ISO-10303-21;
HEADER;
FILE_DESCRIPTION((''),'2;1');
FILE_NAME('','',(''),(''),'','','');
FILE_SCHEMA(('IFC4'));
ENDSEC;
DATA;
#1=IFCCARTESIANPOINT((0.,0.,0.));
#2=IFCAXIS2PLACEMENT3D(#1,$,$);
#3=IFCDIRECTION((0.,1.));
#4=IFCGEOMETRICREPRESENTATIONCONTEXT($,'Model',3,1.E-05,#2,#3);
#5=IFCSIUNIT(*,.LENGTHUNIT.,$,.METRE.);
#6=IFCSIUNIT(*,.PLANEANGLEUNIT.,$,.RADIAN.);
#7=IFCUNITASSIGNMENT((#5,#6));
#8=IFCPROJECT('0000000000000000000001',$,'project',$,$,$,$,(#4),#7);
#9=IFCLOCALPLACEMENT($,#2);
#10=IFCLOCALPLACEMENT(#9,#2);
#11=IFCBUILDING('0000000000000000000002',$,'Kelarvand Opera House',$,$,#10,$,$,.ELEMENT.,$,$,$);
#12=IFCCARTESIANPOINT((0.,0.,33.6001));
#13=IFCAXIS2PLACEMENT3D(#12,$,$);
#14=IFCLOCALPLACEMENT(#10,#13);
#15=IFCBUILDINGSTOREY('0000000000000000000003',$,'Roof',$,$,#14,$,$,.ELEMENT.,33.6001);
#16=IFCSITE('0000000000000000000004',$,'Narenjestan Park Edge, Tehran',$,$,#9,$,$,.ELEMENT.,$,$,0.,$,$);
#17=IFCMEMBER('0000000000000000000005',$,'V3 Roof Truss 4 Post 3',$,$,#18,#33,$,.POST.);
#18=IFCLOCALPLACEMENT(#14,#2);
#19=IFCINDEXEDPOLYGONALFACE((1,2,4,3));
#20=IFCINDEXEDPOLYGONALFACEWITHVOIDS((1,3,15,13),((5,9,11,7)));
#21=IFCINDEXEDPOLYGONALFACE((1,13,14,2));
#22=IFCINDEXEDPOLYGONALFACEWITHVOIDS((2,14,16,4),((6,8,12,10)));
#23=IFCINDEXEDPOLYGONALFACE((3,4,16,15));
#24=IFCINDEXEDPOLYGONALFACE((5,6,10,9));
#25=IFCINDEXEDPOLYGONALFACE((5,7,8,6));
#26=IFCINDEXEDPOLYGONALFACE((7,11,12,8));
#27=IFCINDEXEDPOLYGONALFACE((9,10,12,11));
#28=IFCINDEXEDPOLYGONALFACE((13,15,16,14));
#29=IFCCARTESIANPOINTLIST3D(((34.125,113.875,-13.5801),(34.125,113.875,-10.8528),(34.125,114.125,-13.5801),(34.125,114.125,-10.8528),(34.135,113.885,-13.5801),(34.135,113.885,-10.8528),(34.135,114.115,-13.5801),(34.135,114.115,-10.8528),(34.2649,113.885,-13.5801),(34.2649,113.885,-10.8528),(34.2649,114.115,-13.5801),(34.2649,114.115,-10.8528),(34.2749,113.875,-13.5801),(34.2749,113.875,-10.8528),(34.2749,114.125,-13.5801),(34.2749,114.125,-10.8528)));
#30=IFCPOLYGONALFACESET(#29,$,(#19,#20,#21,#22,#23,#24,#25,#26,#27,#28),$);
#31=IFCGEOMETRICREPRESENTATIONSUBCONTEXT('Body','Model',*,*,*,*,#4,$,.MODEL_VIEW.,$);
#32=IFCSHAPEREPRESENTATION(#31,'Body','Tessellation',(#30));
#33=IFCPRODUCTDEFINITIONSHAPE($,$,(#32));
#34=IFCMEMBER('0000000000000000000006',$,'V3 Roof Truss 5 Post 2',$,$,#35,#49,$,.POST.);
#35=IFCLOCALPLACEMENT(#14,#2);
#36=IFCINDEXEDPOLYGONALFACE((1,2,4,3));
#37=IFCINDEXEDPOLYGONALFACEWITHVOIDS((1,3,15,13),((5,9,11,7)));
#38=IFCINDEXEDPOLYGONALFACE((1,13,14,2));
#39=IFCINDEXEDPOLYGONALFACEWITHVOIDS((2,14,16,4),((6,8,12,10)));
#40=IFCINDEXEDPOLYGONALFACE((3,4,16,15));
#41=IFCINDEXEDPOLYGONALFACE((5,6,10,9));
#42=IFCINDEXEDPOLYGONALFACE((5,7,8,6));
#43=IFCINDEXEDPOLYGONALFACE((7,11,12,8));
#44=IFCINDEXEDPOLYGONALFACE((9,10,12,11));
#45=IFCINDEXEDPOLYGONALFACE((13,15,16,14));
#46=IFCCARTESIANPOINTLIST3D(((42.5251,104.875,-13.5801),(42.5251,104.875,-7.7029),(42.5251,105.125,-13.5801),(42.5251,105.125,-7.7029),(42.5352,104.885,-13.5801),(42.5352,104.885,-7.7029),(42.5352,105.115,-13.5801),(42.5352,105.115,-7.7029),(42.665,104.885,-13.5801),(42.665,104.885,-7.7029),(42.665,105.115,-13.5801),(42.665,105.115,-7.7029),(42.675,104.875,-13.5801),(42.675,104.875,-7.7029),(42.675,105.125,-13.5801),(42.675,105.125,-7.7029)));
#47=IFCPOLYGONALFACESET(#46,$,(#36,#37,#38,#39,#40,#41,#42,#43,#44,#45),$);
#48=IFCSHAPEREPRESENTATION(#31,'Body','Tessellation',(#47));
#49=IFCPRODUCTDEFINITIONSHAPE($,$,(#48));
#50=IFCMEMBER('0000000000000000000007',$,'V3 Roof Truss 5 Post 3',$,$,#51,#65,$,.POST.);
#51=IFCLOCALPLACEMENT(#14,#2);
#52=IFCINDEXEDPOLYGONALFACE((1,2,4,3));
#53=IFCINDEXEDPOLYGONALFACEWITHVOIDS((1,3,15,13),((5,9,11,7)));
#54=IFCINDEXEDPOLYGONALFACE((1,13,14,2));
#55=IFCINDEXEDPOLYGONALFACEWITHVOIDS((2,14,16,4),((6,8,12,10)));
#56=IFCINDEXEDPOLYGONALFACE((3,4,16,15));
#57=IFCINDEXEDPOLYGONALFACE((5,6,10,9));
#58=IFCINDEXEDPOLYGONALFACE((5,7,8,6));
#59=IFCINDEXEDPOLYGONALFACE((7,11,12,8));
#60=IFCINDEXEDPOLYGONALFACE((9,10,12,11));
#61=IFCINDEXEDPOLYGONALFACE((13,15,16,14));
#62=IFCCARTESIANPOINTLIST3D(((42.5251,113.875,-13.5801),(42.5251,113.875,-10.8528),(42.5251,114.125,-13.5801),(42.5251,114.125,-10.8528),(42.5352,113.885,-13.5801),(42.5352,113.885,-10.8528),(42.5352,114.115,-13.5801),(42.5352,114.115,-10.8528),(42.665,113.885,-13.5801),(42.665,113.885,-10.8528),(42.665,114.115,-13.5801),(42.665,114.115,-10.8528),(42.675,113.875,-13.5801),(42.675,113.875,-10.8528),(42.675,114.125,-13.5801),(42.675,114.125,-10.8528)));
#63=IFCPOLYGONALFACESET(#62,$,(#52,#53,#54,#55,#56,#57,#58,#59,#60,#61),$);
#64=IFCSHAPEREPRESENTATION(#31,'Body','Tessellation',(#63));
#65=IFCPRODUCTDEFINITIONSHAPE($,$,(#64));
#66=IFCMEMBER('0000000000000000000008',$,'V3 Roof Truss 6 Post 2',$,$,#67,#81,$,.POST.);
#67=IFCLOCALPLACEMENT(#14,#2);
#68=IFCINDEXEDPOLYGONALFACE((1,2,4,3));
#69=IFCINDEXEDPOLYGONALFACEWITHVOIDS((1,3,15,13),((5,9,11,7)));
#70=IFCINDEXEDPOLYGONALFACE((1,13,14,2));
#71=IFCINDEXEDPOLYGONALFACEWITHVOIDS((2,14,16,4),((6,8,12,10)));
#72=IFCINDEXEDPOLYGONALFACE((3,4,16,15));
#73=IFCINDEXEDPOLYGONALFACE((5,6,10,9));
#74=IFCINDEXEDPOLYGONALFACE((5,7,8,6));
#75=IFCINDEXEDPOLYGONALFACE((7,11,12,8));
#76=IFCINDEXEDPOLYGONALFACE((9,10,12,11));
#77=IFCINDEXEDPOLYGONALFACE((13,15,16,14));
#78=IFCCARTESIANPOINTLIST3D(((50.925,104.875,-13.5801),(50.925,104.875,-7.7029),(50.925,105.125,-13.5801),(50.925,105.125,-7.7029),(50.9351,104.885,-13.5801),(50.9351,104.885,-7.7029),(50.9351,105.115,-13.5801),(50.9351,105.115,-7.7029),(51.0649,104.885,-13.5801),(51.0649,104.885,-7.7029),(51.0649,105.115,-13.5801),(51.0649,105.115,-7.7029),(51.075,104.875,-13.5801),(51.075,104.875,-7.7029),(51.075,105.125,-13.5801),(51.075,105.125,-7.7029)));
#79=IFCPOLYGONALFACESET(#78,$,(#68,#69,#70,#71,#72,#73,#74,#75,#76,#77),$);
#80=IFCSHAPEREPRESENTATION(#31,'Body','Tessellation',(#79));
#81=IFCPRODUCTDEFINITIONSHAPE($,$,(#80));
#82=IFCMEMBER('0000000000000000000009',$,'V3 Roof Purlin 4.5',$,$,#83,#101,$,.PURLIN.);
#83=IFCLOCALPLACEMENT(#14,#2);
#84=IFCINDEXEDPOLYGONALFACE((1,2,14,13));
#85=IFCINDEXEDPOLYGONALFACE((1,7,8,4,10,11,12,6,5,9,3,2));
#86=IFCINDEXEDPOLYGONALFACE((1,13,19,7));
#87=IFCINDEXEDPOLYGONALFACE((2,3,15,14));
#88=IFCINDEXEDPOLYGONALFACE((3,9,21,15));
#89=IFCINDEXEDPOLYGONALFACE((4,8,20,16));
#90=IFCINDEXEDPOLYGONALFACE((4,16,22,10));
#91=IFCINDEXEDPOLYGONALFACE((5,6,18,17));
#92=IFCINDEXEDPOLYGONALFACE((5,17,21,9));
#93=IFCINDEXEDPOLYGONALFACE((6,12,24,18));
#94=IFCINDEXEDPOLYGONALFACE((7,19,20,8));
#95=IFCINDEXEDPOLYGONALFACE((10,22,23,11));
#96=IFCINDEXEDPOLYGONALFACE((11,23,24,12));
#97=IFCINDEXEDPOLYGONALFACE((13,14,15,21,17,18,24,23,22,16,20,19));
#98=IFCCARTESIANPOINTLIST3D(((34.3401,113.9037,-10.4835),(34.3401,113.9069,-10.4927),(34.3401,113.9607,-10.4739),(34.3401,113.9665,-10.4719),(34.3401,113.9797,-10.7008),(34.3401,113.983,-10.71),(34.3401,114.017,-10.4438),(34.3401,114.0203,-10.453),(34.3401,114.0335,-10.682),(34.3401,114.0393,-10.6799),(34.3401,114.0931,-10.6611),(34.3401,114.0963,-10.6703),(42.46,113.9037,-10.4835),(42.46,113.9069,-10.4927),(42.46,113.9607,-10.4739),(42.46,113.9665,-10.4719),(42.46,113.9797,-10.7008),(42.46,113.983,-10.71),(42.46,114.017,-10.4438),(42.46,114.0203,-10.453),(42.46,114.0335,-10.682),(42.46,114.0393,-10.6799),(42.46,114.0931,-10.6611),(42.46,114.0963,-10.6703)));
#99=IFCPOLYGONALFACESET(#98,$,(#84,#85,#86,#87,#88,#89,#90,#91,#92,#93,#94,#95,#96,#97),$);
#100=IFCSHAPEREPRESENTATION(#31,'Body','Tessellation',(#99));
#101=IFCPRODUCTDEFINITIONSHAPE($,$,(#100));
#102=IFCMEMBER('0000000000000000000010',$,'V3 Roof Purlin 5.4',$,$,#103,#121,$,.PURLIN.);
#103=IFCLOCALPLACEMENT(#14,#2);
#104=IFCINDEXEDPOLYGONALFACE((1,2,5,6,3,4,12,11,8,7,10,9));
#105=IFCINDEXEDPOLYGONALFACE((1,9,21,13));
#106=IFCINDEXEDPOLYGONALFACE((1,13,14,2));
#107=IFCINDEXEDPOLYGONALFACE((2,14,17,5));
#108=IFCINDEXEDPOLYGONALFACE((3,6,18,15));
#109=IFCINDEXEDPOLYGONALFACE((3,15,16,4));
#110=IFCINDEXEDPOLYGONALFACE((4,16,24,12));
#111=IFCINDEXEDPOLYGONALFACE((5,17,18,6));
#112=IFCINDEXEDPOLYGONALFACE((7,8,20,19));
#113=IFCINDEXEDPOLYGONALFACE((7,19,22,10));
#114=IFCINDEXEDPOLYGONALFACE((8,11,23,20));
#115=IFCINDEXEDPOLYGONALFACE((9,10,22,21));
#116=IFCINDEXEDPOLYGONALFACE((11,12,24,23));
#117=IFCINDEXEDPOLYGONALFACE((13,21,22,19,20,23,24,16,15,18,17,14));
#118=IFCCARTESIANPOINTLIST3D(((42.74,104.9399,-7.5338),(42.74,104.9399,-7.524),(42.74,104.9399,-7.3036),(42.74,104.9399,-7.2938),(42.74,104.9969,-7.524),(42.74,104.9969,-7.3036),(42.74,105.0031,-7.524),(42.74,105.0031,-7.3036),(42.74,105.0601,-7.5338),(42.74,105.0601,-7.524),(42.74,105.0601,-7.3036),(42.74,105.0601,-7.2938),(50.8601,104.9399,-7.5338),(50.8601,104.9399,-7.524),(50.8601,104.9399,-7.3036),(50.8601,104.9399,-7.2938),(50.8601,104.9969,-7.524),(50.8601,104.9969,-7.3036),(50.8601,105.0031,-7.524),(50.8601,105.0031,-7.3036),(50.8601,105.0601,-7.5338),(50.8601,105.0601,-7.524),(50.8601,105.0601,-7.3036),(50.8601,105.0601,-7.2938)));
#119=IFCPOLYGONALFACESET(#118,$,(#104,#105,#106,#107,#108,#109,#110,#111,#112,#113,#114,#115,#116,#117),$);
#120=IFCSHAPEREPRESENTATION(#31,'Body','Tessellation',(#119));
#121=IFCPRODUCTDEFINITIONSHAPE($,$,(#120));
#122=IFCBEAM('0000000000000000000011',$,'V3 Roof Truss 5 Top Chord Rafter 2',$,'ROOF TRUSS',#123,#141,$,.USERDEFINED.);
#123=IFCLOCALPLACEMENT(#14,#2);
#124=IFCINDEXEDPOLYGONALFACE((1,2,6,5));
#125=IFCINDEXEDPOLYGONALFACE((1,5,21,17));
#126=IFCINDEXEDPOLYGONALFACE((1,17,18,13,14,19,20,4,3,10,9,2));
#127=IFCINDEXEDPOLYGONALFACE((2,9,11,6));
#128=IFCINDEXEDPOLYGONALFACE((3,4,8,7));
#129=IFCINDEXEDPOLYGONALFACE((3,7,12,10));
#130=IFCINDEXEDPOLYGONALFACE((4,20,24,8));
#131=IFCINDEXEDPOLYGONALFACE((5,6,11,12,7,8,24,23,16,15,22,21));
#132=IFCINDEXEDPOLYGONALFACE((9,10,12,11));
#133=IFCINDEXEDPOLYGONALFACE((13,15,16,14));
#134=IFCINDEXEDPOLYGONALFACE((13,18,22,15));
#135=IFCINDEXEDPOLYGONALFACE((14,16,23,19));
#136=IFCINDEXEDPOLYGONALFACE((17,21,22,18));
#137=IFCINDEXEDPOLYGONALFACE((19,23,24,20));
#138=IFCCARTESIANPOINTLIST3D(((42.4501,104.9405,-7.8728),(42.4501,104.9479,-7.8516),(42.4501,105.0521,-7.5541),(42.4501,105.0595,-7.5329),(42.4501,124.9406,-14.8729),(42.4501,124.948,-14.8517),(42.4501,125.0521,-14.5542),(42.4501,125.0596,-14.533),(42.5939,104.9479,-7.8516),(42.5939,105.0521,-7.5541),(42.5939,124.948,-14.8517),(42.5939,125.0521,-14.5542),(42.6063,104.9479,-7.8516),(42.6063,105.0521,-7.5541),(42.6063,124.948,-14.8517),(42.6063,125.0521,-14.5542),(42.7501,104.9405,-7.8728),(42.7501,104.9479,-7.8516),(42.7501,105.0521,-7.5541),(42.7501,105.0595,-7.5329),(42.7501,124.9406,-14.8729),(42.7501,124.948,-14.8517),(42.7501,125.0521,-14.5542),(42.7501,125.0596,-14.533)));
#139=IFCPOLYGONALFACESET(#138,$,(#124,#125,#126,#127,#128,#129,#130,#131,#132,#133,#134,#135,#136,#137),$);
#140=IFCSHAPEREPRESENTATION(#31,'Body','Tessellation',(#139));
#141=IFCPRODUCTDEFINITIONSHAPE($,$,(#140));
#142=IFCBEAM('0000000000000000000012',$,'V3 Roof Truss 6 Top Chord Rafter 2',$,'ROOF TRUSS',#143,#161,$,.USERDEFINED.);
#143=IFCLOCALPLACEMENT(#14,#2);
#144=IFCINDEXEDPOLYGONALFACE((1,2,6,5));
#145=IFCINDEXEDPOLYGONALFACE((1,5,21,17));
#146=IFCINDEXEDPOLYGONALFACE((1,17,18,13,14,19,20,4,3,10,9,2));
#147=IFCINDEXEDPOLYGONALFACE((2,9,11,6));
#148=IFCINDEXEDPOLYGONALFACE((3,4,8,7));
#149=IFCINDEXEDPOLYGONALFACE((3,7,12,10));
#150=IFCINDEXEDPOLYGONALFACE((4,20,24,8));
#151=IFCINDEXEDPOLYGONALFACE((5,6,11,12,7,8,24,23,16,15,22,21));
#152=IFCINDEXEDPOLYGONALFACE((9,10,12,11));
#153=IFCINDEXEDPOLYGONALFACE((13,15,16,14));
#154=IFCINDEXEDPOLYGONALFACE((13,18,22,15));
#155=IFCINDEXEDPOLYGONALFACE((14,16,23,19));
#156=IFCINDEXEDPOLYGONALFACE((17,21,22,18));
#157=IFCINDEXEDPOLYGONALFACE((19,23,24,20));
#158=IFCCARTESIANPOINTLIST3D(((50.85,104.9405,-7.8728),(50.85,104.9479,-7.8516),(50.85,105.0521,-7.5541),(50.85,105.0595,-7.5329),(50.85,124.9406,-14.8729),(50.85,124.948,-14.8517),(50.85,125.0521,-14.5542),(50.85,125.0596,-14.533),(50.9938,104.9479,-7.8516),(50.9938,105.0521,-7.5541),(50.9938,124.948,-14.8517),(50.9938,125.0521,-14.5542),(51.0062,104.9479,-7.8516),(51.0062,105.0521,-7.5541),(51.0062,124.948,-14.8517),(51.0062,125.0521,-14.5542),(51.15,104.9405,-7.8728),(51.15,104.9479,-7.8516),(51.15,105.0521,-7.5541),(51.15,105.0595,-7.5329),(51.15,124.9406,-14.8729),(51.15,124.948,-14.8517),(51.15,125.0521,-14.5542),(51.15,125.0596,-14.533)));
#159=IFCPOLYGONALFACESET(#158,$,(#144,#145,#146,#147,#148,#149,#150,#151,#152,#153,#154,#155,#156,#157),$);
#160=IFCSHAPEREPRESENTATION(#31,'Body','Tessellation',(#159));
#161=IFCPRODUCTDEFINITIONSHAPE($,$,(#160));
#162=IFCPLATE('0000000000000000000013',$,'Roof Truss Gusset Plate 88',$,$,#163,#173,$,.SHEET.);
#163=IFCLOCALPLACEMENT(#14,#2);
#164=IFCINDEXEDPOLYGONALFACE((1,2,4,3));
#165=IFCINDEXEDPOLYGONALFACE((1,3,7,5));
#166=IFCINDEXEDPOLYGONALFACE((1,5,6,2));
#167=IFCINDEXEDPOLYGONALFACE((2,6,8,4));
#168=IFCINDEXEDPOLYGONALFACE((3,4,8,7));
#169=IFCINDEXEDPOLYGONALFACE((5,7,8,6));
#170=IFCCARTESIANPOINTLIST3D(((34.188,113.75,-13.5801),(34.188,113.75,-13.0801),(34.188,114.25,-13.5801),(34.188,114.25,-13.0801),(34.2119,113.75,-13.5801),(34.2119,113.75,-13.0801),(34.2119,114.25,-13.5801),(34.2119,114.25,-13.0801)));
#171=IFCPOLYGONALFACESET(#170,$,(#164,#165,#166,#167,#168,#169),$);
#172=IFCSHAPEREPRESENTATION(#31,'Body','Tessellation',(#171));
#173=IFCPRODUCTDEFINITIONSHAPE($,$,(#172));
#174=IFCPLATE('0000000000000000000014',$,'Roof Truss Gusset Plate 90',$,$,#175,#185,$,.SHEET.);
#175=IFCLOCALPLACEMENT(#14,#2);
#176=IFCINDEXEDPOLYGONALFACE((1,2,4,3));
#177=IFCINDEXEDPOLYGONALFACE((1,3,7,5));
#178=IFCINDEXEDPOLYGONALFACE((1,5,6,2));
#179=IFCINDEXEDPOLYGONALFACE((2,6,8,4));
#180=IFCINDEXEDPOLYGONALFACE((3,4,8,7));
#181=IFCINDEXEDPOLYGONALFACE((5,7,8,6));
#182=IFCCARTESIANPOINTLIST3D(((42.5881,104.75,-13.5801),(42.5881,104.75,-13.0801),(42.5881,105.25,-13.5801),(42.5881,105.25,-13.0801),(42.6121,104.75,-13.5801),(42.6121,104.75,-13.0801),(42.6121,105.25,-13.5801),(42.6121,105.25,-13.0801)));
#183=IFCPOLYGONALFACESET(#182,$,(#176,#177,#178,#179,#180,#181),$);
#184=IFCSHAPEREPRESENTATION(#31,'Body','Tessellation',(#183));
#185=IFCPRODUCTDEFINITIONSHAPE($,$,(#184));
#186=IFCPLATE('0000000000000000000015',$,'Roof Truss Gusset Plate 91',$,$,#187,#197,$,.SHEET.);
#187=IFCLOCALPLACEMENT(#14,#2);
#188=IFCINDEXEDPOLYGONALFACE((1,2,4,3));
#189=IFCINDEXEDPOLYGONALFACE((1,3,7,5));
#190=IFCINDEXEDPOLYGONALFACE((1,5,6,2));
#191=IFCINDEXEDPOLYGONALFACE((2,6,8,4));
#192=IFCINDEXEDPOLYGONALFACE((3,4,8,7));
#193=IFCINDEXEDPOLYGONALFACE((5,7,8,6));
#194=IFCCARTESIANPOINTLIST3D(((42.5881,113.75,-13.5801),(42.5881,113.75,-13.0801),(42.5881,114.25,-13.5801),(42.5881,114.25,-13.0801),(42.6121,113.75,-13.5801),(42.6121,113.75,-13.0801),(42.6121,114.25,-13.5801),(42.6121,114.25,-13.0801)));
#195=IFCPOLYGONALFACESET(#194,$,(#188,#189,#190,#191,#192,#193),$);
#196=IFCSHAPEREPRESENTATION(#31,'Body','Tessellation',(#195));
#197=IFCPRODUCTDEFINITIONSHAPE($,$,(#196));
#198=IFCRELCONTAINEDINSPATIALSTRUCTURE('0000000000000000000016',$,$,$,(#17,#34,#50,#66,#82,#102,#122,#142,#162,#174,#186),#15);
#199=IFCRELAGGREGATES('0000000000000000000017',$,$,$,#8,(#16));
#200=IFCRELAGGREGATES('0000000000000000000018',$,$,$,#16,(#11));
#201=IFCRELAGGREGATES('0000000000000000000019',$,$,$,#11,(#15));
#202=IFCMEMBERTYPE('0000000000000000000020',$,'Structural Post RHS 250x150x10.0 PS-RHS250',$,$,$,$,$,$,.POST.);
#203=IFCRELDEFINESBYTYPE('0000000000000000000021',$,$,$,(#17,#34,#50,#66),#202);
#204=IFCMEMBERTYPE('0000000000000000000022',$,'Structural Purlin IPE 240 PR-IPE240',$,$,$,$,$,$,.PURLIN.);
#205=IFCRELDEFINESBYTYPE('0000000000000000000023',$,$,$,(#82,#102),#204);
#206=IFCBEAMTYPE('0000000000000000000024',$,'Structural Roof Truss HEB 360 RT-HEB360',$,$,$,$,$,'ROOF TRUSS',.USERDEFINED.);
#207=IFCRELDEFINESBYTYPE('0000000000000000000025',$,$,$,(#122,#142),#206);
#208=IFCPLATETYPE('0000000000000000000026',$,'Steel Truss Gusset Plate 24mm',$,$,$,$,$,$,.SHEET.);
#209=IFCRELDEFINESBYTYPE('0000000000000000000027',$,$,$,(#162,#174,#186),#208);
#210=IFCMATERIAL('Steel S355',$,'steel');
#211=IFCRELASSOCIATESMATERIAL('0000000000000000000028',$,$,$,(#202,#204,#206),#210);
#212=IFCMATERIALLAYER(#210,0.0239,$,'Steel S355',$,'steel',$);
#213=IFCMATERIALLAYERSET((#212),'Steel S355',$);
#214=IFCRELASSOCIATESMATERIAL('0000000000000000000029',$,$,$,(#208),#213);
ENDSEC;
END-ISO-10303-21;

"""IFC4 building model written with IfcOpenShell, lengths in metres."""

from ifc_helpers import new_model, si_unit, direction, frame, origin, origin_2d, place, context, subcontext, project, spatial, rectangle, hollow_rectangle, i_section, extrude, material, layer, layer_set, material_profile, profile_set, type_object, element, save


model = new_model("IFC4")

# Units and contexts
model_context = context("Model", 3, precision=1e-05, world=origin(), true_north=direction((0.0, 1.0)))
body_context = subcontext(model_context, "Body", "Model", "MODEL_VIEW")
ifc_project = project(units=[si_unit("LENGTHUNIT", "METRE"), si_unit("PLANEANGLEUNIT", "RADIAN")], contexts=[model_context])

# Site, building, storey
site_placement = place(None, origin())
site = spatial("IfcSite", under=ifc_project, at=site_placement, Name="Narenjestan Park Edge, Tehran", CompositionType="ELEMENT", RefElevation=0.0)
building_placement = place(site_placement, origin())
building = spatial("IfcBuilding", under=site, at=building_placement, Name="Kelarvand Opera House", CompositionType="ELEMENT")
storey_placement = place(building_placement, frame((0.0, 0.0, 33.6001)))
storey = spatial("IfcBuildingStorey", under=building, at=storey_placement, Name="Roof", CompositionType="ELEMENT", Elevation=33.6001)

# Members
ifc_material = material(Name="Steel S355", Category="steel")
ifc_material_profile_1 = material_profile(ifc_material, hollow_rectangle(XDim=0.1499, YDim=0.25, WallThickness=0.01, at=origin_2d()), Name="RHS 250x150x10.0", Category="steel")
ifc_profile_set_1 = profile_set([ifc_material_profile_1], Name="Steel S355")
member_type_1 = type_object("IfcMemberType", Name="Structural Post RHS 250x150x10.0 PS-RHS250", PredefinedType="POST", material=ifc_profile_set_1)
member_1_placement = place(storey_placement, frame((34.2, 114.0, -13.5801), z_axis=(0.0, 0.0, 1.0), x_axis=(1.0, 0.0, 0.0)))
element("IfcMember", 1, at=member_1_placement, inside=storey, type_object=member_type_1, Name="V3 Roof Truss 4 Post 3", PredefinedType="POST", context=body_context, shape_type="SweptSolid", body=[
    extrude(hollow_rectangle(XDim=0.1499, YDim=0.25, WallThickness=0.01, at=origin_2d()), origin(), (0.0, 0.0, 1.0), 2.7273),
])
member_2_placement = place(storey_placement, frame((42.6001, 105.0, -13.5801), z_axis=(0.0, 0.0, 1.0), x_axis=(1.0, 0.0, 0.0)))
element("IfcMember", 2, at=member_2_placement, inside=storey, type_object=member_type_1, Name="V3 Roof Truss 5 Post 2", PredefinedType="POST", context=body_context, shape_type="SweptSolid", body=[
    extrude(hollow_rectangle(XDim=0.1499, YDim=0.25, WallThickness=0.01, at=origin_2d()), origin(), (0.0, 0.0, 1.0), 5.8772),
])
member_3_placement = place(storey_placement, frame((42.6001, 114.0, -13.5801), z_axis=(0.0, 0.0, 1.0), x_axis=(1.0, 0.0, 0.0)))
element("IfcMember", 3, at=member_3_placement, inside=storey, type_object=member_type_1, Name="V3 Roof Truss 5 Post 3", PredefinedType="POST", context=body_context, shape_type="SweptSolid", body=[
    extrude(hollow_rectangle(XDim=0.1499, YDim=0.25, WallThickness=0.01, at=origin_2d()), origin(), (0.0, 0.0, 1.0), 2.7273),
])
member_4_placement = place(storey_placement, frame((51.0, 105.0, -13.5801), z_axis=(0.0, 0.0, 1.0), x_axis=(1.0, 0.0, 0.0)))
element("IfcMember", 4, at=member_4_placement, inside=storey, type_object=member_type_1, Name="V3 Roof Truss 6 Post 2", PredefinedType="POST", context=body_context, shape_type="SweptSolid", body=[
    extrude(hollow_rectangle(XDim=0.1499, YDim=0.25, WallThickness=0.01, at=origin_2d()), origin(), (0.0, 0.0, 1.0), 5.8772),
])
ifc_material_profile_2 = material_profile(ifc_material, i_section(OverallWidth=0.1201, OverallDepth=0.24, WebThickness=0.0061, FlangeThickness=0.0098, at=origin_2d()), Name="IPE 240", Category="steel")
ifc_profile_set_2 = profile_set([ifc_material_profile_2], Name="Steel S355")
member_type_2 = type_object("IfcMemberType", Name="Structural Purlin IPE 240 PR-IPE240", PredefinedType="PURLIN", material=ifc_profile_set_2)
member_5_placement = place(storey_placement, frame((34.3401, 114.0, -10.5769), z_axis=(1.0, 0.0, 0.0), x_axis=(0.0, 0.943859, 0.33035)))
element("IfcMember", 5, at=member_5_placement, inside=storey, type_object=member_type_2, Name="V3 Roof Purlin 4.5", PredefinedType="PURLIN", context=body_context, shape_type="SweptSolid", body=[
    extrude(i_section(OverallWidth=0.1201, OverallDepth=0.24, WebThickness=0.0061, FlangeThickness=0.0098, at=origin_2d()), origin(), (0.0, 0.0, 1.0), 8.1199),
])
member_6_placement = place(storey_placement, frame((42.74, 105.0, -7.4138), z_axis=(1.0, 0.0, 0.0), x_axis=(0.0, 1.0, 0.0)))
element("IfcMember", 6, at=member_6_placement, inside=storey, type_object=member_type_2, Name="V3 Roof Purlin 5.4", PredefinedType="PURLIN", context=body_context, shape_type="SweptSolid", body=[
    extrude(i_section(OverallWidth=0.1201, OverallDepth=0.24, WebThickness=0.0061, FlangeThickness=0.0098, at=origin_2d()), origin(), (0.0, 0.0, 1.0), 8.1201),
])

# Beams
ifc_material_profile_3 = material_profile(ifc_material, i_section(OverallWidth=0.3, OverallDepth=0.3601, WebThickness=0.0125, FlangeThickness=0.0225, at=origin_2d()), Name="HEB 360", Category="steel")
ifc_profile_set_3 = profile_set([ifc_material_profile_3], Name="Steel S355")
beam_type = type_object("IfcBeamType", Name="Structural Roof Truss HEB 360 RT-HEB360", ElementType="ROOF TRUSS", PredefinedType="USERDEFINED", material=ifc_profile_set_3)
for number, where, z_axis, x_axis, name in (
    (7, (42.6001, 105.0, -7.7029), (0.0, 0.943858, -0.33035), (-1.0, 0.0, 0.0), "V3 Roof Truss 5 Top Chord Rafter 2"),
    (8, (51.0, 105.0, -7.7029), (0.0, 0.943858, -0.33035), (-1.0, 0.0, 0.0), "V3 Roof Truss 6 Top Chord Rafter 2"),
):
    element("IfcBeam", number, at=place(storey_placement, frame(where, z_axis=z_axis, x_axis=x_axis)), inside=storey, type_object=beam_type, Name=name, ObjectType="ROOF TRUSS", PredefinedType="USERDEFINED", context=body_context, shape_type="SweptSolid", body=[
        extrude(i_section(OverallWidth=0.3, OverallDepth=0.3601, WebThickness=0.0125, FlangeThickness=0.0225, at=origin_2d()), origin(), (0.0, 0.0, 1.0), 21.1897),
    ])

# Plates
ifc_layer = layer(ifc_material, 0.0239, Name="Steel S355", Category="steel")
ifc_layer_set = layer_set([ifc_layer], Name="Steel S355")
plate_type = type_object("IfcPlateType", Name="Steel Truss Gusset Plate 24mm", PredefinedType="SHEET", material=ifc_layer_set)
for number, where, z_axis, x_axis, name in (
    (9, (34.2, 114.0, -13.5801), (0.0, 0.0, 1.0), (1.0, 0.0, 0.0), "Roof Truss Gusset Plate 88"),
    (10, (42.6001, 105.0, -13.5801), (0.0, 0.0, 1.0), (1.0, 0.0, 0.0), "Roof Truss Gusset Plate 90"),
    (11, (42.6001, 114.0, -13.5801), (0.0, 0.0, 1.0), (1.0, 0.0, 0.0), "Roof Truss Gusset Plate 91"),
):
    element("IfcPlate", number, at=place(storey_placement, frame(where, z_axis=z_axis, x_axis=x_axis)), inside=storey, type_object=plate_type, Name=name, PredefinedType="SHEET", context=body_context, shape_type="SweptSolid", body=[
        extrude(rectangle(XDim=0.0239, YDim=0.5, at=origin_2d()), origin(), (0.0, 0.0, 1.0), 0.5),
    ])

save(model, "model.ifc")
